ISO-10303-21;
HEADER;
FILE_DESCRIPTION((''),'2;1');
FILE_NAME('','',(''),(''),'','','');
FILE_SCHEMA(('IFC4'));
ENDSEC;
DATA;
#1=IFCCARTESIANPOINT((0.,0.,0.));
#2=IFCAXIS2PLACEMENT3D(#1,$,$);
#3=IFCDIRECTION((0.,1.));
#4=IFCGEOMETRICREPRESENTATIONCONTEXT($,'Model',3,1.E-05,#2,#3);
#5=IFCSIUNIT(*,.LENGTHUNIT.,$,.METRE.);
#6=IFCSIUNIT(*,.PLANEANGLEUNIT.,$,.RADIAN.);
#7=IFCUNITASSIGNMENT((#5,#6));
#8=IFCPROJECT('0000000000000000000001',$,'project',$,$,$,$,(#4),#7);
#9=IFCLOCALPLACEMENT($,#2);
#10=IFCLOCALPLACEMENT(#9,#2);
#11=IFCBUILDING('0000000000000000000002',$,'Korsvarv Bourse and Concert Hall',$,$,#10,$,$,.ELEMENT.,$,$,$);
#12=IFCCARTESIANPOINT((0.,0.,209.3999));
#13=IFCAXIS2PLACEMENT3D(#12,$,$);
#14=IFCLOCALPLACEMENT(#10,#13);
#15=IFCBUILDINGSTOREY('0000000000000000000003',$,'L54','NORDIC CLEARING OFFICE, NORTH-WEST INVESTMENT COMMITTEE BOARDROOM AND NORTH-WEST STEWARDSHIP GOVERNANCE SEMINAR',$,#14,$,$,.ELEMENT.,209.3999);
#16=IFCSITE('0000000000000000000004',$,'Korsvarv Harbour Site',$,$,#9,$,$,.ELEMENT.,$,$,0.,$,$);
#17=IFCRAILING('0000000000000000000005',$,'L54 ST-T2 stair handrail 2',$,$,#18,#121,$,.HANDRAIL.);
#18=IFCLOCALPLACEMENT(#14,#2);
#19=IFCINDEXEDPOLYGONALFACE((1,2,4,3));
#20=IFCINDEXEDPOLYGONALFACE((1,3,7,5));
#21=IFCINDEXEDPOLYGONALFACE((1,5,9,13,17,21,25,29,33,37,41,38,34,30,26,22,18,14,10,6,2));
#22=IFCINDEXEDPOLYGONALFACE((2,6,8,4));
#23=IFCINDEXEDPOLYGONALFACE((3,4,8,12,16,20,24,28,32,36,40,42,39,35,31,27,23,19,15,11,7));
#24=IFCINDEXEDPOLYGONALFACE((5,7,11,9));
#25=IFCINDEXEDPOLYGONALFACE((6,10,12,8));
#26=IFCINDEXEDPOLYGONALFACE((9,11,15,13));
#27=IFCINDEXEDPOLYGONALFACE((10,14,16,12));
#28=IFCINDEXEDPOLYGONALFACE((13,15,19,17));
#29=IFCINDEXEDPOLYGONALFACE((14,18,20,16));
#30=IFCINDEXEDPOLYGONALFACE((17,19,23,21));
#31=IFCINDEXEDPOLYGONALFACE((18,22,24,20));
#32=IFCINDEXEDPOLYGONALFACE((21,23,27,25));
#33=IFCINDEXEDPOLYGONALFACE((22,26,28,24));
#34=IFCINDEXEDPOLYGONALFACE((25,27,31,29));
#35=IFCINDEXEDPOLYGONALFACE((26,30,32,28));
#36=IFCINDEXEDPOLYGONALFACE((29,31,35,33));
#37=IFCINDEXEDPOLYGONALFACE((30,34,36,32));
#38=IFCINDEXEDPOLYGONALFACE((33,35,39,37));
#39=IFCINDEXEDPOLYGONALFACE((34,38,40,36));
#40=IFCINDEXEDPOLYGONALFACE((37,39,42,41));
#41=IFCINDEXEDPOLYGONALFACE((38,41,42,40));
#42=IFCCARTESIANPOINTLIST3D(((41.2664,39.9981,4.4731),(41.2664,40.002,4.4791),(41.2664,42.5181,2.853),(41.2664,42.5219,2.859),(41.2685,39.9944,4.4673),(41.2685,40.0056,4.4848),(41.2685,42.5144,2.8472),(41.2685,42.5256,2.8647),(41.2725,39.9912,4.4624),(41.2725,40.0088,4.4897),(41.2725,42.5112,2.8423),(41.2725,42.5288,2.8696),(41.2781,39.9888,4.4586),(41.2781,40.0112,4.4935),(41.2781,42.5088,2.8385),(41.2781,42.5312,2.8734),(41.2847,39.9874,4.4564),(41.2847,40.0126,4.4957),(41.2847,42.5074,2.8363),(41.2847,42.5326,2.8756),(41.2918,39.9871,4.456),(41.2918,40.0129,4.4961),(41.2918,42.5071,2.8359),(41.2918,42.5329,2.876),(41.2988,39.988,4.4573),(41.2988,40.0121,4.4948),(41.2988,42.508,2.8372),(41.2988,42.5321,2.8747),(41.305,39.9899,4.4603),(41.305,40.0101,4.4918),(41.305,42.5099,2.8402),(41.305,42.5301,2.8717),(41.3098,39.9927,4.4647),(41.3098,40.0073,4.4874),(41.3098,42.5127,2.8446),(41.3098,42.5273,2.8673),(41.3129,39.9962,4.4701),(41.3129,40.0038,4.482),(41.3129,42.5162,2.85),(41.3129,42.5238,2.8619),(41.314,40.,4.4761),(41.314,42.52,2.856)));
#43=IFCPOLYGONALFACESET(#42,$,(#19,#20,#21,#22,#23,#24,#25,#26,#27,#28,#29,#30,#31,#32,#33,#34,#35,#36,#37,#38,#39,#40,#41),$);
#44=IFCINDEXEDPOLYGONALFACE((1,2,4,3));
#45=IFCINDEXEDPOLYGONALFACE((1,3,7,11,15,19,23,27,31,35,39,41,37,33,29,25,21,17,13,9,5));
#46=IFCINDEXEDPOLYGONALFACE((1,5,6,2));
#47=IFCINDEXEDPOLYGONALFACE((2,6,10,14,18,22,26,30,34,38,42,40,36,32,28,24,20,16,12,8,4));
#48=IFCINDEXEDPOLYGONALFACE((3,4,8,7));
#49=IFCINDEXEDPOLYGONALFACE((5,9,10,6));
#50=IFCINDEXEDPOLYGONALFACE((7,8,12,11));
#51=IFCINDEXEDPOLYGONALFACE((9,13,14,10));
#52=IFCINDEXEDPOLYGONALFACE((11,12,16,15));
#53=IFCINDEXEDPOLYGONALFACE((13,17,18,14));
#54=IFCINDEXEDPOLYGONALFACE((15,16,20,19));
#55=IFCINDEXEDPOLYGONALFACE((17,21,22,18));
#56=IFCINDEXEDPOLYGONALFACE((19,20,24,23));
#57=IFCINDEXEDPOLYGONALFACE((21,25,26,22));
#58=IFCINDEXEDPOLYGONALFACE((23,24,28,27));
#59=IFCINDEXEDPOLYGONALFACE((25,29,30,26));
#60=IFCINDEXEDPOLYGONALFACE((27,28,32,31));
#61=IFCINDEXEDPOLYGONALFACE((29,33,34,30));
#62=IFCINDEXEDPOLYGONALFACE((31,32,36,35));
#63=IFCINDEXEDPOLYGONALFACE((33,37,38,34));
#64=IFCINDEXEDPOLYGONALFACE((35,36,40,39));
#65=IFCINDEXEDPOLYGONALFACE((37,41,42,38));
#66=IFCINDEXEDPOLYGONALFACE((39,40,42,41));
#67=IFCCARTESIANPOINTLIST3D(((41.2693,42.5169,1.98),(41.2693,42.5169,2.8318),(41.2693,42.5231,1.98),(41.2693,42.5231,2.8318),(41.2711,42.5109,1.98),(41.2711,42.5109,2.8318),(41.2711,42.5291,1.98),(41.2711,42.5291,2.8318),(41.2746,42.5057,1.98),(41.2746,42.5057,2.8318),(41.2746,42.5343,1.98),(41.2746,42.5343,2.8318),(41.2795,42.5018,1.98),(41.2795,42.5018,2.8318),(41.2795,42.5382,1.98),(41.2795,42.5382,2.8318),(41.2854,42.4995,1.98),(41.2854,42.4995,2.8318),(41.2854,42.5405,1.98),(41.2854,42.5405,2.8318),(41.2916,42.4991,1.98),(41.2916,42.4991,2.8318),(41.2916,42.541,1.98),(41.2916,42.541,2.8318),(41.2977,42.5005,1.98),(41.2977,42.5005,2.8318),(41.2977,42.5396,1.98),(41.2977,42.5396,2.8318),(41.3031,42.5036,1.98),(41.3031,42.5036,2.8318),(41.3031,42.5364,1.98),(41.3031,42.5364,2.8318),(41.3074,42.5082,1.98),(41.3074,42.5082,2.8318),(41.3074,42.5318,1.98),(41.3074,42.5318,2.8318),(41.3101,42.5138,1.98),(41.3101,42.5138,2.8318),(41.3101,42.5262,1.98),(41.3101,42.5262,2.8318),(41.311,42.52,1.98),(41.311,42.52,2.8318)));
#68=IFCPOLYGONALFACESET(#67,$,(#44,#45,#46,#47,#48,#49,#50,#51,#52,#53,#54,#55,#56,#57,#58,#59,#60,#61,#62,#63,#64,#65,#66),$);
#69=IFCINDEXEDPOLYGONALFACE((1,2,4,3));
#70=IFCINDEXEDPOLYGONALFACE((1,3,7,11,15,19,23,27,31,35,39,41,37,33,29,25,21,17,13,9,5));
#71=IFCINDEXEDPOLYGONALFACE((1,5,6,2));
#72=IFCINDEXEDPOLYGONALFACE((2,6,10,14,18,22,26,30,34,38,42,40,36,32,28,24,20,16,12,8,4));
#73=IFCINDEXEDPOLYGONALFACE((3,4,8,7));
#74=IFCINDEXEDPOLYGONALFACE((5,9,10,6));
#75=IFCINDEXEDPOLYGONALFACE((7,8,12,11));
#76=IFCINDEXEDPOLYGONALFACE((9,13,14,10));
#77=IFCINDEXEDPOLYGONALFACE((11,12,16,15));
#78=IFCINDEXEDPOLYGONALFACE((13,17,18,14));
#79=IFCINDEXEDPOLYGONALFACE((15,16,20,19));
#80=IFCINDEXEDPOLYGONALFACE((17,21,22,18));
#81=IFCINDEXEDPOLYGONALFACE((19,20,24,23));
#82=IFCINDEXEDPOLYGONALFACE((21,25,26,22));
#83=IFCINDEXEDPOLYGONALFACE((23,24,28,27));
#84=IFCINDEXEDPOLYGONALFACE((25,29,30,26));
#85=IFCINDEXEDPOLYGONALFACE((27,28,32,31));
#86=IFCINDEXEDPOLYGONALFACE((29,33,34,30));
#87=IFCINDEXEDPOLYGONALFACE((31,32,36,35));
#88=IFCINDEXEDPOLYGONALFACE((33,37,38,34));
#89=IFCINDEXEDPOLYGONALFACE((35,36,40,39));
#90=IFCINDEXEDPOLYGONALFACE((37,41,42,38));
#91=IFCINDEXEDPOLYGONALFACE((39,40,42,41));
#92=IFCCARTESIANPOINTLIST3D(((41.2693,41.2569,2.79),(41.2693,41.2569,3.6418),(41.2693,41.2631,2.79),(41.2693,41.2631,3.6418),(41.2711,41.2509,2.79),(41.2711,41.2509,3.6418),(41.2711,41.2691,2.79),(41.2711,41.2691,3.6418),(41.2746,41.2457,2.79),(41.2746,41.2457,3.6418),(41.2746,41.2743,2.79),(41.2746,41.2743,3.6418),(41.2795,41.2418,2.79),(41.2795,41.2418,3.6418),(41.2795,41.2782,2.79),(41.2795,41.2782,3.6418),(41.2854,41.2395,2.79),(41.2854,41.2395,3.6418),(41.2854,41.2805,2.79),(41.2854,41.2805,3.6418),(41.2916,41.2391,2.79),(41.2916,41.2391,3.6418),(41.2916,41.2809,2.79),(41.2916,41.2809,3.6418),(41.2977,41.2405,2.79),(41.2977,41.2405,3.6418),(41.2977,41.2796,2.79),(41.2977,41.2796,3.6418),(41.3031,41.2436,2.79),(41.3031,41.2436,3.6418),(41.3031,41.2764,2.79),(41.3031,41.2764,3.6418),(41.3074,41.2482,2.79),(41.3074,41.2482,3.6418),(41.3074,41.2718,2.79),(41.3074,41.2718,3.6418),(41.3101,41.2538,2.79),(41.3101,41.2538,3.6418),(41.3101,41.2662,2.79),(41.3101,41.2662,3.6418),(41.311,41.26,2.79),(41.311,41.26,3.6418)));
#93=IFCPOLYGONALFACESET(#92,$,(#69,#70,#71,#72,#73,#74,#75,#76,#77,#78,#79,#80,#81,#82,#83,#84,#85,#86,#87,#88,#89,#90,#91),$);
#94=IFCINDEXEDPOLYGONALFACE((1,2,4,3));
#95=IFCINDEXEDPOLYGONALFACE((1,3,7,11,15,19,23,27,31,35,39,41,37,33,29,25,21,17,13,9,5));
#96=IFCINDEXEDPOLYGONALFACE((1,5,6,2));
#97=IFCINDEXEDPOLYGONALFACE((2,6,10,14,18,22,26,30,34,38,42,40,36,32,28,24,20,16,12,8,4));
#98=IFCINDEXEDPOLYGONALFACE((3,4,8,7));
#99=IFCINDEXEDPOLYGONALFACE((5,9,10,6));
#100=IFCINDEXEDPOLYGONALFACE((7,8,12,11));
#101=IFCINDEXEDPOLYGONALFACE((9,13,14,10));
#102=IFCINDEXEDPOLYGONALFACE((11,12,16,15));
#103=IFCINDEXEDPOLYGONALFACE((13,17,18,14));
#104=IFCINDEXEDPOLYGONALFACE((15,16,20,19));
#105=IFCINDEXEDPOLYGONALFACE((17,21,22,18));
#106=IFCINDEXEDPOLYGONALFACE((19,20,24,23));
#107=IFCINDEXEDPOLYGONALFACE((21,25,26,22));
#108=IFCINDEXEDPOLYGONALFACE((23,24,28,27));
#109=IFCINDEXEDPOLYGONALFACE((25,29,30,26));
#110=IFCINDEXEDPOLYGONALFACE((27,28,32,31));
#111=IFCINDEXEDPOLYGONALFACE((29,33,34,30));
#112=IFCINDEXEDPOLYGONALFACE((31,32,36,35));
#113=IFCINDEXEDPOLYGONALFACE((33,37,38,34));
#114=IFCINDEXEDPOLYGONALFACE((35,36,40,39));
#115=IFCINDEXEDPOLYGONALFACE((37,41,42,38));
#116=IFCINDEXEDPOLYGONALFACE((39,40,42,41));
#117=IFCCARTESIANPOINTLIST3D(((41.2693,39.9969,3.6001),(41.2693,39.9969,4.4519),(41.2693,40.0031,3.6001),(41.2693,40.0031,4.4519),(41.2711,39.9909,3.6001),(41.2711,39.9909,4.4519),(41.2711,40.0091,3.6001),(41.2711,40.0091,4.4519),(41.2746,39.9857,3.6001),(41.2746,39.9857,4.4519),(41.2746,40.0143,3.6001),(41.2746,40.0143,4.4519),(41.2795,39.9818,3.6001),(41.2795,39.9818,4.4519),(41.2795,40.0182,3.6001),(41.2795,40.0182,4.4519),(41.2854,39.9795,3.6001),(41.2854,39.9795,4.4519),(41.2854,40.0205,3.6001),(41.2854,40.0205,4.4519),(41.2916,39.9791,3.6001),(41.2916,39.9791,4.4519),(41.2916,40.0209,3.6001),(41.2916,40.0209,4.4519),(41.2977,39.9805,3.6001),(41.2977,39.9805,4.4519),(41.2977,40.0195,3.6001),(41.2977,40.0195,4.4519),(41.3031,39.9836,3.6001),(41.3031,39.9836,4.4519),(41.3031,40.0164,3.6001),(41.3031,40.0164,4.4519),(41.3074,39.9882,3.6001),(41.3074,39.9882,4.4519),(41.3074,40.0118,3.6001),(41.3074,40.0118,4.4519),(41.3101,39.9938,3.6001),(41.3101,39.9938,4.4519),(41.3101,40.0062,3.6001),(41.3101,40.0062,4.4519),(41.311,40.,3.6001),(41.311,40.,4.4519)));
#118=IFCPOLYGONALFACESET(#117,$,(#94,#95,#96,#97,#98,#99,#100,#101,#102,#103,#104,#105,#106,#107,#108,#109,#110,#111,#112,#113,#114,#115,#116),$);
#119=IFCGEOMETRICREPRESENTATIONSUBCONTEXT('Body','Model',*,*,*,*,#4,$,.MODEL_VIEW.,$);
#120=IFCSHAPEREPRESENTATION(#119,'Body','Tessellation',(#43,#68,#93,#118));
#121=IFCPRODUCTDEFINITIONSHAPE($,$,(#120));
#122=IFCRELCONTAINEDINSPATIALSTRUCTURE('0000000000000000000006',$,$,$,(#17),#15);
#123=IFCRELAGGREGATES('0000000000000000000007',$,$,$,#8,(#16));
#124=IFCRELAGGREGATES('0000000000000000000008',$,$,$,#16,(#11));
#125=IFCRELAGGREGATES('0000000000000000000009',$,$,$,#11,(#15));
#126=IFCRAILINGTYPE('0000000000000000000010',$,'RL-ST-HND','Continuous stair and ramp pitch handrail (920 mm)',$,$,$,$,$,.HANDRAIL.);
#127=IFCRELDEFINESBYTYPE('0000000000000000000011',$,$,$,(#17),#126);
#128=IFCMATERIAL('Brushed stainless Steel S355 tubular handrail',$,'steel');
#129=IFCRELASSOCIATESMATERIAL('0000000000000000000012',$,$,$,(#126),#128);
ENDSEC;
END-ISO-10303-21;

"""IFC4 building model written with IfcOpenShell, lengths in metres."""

from ifc_helpers import new_model, si_unit, direction, frame, origin, origin_2d, place, context, subcontext, project, spatial, circle, extrude, material, type_object, element, save


model = new_model("IFC4")

# Units and contexts
model_context = context("Model", 3, precision=1e-05, world=origin(), true_north=direction((0.0, 1.0)))
body_context = subcontext(model_context, "Body", "Model", "MODEL_VIEW")
ifc_project = project(units=[si_unit("LENGTHUNIT", "METRE"), si_unit("PLANEANGLEUNIT", "RADIAN")], contexts=[model_context])

# Site, building, storey
site_placement = place(None, origin())
site = spatial("IfcSite", under=ifc_project, at=site_placement, Name="Korsvarv Harbour Site", CompositionType="ELEMENT", RefElevation=0.0)
building_placement = place(site_placement, origin())
building = spatial("IfcBuilding", under=site, at=building_placement, Name="Korsvarv Bourse and Concert Hall", CompositionType="ELEMENT")
storey_placement = place(building_placement, frame((0.0, 0.0, 209.3999)))
storey = spatial("IfcBuildingStorey", under=building, at=storey_placement, Name="L54", Description="NORDIC CLEARING OFFICE, NORTH-WEST INVESTMENT COMMITTEE BOARDROOM AND NORTH-WEST STEWARDSHIP GOVERNANCE SEMINAR", CompositionType="ELEMENT", Elevation=209.3999)

# Railing
ifc_material_1 = material(Name="Brushed stainless Steel S355 tubular handrail", Category="steel")
railing_type_1 = type_object("IfcRailingType", Name="RL-ST-HND", Description="Continuous stair and ramp pitch handrail (920 mm)", PredefinedType="HANDRAIL", material=ifc_material_1)
railing_1_placement = place(storey_placement, frame((41.29, 42.52, 1.98)))
element("IfcRailing", 1, at=railing_1_placement, inside=storey, type_object=railing_type_1, Name="L54 ST-T2 stair handrail 2", PredefinedType="HANDRAIL", context=body_context, shape_type="SweptSolid", body=[
    extrude(circle(Radius=0.0239, at=origin_2d()), frame((0.0, 0.0, 0.876), z_axis=(0.0, -0.841163, 0.540782), x_axis=(1.0, 0.0, 0.0)), (0.0, 0.0, 1.0), 2.9958),
    extrude(circle(Radius=0.021, at=origin_2d()), origin(), (0.0, 0.0, 1.0), 0.8518),
    extrude(circle(Radius=0.021, at=origin_2d()), frame((0.0, -1.26, 0.8101)), (0.0, 0.0, 1.0), 0.8518),
    extrude(circle(Radius=0.021, at=origin_2d()), frame((0.0, -2.52, 1.6201)), (0.0, 0.0, 1.0), 0.8518),
])

save(model, "model.ifc")
